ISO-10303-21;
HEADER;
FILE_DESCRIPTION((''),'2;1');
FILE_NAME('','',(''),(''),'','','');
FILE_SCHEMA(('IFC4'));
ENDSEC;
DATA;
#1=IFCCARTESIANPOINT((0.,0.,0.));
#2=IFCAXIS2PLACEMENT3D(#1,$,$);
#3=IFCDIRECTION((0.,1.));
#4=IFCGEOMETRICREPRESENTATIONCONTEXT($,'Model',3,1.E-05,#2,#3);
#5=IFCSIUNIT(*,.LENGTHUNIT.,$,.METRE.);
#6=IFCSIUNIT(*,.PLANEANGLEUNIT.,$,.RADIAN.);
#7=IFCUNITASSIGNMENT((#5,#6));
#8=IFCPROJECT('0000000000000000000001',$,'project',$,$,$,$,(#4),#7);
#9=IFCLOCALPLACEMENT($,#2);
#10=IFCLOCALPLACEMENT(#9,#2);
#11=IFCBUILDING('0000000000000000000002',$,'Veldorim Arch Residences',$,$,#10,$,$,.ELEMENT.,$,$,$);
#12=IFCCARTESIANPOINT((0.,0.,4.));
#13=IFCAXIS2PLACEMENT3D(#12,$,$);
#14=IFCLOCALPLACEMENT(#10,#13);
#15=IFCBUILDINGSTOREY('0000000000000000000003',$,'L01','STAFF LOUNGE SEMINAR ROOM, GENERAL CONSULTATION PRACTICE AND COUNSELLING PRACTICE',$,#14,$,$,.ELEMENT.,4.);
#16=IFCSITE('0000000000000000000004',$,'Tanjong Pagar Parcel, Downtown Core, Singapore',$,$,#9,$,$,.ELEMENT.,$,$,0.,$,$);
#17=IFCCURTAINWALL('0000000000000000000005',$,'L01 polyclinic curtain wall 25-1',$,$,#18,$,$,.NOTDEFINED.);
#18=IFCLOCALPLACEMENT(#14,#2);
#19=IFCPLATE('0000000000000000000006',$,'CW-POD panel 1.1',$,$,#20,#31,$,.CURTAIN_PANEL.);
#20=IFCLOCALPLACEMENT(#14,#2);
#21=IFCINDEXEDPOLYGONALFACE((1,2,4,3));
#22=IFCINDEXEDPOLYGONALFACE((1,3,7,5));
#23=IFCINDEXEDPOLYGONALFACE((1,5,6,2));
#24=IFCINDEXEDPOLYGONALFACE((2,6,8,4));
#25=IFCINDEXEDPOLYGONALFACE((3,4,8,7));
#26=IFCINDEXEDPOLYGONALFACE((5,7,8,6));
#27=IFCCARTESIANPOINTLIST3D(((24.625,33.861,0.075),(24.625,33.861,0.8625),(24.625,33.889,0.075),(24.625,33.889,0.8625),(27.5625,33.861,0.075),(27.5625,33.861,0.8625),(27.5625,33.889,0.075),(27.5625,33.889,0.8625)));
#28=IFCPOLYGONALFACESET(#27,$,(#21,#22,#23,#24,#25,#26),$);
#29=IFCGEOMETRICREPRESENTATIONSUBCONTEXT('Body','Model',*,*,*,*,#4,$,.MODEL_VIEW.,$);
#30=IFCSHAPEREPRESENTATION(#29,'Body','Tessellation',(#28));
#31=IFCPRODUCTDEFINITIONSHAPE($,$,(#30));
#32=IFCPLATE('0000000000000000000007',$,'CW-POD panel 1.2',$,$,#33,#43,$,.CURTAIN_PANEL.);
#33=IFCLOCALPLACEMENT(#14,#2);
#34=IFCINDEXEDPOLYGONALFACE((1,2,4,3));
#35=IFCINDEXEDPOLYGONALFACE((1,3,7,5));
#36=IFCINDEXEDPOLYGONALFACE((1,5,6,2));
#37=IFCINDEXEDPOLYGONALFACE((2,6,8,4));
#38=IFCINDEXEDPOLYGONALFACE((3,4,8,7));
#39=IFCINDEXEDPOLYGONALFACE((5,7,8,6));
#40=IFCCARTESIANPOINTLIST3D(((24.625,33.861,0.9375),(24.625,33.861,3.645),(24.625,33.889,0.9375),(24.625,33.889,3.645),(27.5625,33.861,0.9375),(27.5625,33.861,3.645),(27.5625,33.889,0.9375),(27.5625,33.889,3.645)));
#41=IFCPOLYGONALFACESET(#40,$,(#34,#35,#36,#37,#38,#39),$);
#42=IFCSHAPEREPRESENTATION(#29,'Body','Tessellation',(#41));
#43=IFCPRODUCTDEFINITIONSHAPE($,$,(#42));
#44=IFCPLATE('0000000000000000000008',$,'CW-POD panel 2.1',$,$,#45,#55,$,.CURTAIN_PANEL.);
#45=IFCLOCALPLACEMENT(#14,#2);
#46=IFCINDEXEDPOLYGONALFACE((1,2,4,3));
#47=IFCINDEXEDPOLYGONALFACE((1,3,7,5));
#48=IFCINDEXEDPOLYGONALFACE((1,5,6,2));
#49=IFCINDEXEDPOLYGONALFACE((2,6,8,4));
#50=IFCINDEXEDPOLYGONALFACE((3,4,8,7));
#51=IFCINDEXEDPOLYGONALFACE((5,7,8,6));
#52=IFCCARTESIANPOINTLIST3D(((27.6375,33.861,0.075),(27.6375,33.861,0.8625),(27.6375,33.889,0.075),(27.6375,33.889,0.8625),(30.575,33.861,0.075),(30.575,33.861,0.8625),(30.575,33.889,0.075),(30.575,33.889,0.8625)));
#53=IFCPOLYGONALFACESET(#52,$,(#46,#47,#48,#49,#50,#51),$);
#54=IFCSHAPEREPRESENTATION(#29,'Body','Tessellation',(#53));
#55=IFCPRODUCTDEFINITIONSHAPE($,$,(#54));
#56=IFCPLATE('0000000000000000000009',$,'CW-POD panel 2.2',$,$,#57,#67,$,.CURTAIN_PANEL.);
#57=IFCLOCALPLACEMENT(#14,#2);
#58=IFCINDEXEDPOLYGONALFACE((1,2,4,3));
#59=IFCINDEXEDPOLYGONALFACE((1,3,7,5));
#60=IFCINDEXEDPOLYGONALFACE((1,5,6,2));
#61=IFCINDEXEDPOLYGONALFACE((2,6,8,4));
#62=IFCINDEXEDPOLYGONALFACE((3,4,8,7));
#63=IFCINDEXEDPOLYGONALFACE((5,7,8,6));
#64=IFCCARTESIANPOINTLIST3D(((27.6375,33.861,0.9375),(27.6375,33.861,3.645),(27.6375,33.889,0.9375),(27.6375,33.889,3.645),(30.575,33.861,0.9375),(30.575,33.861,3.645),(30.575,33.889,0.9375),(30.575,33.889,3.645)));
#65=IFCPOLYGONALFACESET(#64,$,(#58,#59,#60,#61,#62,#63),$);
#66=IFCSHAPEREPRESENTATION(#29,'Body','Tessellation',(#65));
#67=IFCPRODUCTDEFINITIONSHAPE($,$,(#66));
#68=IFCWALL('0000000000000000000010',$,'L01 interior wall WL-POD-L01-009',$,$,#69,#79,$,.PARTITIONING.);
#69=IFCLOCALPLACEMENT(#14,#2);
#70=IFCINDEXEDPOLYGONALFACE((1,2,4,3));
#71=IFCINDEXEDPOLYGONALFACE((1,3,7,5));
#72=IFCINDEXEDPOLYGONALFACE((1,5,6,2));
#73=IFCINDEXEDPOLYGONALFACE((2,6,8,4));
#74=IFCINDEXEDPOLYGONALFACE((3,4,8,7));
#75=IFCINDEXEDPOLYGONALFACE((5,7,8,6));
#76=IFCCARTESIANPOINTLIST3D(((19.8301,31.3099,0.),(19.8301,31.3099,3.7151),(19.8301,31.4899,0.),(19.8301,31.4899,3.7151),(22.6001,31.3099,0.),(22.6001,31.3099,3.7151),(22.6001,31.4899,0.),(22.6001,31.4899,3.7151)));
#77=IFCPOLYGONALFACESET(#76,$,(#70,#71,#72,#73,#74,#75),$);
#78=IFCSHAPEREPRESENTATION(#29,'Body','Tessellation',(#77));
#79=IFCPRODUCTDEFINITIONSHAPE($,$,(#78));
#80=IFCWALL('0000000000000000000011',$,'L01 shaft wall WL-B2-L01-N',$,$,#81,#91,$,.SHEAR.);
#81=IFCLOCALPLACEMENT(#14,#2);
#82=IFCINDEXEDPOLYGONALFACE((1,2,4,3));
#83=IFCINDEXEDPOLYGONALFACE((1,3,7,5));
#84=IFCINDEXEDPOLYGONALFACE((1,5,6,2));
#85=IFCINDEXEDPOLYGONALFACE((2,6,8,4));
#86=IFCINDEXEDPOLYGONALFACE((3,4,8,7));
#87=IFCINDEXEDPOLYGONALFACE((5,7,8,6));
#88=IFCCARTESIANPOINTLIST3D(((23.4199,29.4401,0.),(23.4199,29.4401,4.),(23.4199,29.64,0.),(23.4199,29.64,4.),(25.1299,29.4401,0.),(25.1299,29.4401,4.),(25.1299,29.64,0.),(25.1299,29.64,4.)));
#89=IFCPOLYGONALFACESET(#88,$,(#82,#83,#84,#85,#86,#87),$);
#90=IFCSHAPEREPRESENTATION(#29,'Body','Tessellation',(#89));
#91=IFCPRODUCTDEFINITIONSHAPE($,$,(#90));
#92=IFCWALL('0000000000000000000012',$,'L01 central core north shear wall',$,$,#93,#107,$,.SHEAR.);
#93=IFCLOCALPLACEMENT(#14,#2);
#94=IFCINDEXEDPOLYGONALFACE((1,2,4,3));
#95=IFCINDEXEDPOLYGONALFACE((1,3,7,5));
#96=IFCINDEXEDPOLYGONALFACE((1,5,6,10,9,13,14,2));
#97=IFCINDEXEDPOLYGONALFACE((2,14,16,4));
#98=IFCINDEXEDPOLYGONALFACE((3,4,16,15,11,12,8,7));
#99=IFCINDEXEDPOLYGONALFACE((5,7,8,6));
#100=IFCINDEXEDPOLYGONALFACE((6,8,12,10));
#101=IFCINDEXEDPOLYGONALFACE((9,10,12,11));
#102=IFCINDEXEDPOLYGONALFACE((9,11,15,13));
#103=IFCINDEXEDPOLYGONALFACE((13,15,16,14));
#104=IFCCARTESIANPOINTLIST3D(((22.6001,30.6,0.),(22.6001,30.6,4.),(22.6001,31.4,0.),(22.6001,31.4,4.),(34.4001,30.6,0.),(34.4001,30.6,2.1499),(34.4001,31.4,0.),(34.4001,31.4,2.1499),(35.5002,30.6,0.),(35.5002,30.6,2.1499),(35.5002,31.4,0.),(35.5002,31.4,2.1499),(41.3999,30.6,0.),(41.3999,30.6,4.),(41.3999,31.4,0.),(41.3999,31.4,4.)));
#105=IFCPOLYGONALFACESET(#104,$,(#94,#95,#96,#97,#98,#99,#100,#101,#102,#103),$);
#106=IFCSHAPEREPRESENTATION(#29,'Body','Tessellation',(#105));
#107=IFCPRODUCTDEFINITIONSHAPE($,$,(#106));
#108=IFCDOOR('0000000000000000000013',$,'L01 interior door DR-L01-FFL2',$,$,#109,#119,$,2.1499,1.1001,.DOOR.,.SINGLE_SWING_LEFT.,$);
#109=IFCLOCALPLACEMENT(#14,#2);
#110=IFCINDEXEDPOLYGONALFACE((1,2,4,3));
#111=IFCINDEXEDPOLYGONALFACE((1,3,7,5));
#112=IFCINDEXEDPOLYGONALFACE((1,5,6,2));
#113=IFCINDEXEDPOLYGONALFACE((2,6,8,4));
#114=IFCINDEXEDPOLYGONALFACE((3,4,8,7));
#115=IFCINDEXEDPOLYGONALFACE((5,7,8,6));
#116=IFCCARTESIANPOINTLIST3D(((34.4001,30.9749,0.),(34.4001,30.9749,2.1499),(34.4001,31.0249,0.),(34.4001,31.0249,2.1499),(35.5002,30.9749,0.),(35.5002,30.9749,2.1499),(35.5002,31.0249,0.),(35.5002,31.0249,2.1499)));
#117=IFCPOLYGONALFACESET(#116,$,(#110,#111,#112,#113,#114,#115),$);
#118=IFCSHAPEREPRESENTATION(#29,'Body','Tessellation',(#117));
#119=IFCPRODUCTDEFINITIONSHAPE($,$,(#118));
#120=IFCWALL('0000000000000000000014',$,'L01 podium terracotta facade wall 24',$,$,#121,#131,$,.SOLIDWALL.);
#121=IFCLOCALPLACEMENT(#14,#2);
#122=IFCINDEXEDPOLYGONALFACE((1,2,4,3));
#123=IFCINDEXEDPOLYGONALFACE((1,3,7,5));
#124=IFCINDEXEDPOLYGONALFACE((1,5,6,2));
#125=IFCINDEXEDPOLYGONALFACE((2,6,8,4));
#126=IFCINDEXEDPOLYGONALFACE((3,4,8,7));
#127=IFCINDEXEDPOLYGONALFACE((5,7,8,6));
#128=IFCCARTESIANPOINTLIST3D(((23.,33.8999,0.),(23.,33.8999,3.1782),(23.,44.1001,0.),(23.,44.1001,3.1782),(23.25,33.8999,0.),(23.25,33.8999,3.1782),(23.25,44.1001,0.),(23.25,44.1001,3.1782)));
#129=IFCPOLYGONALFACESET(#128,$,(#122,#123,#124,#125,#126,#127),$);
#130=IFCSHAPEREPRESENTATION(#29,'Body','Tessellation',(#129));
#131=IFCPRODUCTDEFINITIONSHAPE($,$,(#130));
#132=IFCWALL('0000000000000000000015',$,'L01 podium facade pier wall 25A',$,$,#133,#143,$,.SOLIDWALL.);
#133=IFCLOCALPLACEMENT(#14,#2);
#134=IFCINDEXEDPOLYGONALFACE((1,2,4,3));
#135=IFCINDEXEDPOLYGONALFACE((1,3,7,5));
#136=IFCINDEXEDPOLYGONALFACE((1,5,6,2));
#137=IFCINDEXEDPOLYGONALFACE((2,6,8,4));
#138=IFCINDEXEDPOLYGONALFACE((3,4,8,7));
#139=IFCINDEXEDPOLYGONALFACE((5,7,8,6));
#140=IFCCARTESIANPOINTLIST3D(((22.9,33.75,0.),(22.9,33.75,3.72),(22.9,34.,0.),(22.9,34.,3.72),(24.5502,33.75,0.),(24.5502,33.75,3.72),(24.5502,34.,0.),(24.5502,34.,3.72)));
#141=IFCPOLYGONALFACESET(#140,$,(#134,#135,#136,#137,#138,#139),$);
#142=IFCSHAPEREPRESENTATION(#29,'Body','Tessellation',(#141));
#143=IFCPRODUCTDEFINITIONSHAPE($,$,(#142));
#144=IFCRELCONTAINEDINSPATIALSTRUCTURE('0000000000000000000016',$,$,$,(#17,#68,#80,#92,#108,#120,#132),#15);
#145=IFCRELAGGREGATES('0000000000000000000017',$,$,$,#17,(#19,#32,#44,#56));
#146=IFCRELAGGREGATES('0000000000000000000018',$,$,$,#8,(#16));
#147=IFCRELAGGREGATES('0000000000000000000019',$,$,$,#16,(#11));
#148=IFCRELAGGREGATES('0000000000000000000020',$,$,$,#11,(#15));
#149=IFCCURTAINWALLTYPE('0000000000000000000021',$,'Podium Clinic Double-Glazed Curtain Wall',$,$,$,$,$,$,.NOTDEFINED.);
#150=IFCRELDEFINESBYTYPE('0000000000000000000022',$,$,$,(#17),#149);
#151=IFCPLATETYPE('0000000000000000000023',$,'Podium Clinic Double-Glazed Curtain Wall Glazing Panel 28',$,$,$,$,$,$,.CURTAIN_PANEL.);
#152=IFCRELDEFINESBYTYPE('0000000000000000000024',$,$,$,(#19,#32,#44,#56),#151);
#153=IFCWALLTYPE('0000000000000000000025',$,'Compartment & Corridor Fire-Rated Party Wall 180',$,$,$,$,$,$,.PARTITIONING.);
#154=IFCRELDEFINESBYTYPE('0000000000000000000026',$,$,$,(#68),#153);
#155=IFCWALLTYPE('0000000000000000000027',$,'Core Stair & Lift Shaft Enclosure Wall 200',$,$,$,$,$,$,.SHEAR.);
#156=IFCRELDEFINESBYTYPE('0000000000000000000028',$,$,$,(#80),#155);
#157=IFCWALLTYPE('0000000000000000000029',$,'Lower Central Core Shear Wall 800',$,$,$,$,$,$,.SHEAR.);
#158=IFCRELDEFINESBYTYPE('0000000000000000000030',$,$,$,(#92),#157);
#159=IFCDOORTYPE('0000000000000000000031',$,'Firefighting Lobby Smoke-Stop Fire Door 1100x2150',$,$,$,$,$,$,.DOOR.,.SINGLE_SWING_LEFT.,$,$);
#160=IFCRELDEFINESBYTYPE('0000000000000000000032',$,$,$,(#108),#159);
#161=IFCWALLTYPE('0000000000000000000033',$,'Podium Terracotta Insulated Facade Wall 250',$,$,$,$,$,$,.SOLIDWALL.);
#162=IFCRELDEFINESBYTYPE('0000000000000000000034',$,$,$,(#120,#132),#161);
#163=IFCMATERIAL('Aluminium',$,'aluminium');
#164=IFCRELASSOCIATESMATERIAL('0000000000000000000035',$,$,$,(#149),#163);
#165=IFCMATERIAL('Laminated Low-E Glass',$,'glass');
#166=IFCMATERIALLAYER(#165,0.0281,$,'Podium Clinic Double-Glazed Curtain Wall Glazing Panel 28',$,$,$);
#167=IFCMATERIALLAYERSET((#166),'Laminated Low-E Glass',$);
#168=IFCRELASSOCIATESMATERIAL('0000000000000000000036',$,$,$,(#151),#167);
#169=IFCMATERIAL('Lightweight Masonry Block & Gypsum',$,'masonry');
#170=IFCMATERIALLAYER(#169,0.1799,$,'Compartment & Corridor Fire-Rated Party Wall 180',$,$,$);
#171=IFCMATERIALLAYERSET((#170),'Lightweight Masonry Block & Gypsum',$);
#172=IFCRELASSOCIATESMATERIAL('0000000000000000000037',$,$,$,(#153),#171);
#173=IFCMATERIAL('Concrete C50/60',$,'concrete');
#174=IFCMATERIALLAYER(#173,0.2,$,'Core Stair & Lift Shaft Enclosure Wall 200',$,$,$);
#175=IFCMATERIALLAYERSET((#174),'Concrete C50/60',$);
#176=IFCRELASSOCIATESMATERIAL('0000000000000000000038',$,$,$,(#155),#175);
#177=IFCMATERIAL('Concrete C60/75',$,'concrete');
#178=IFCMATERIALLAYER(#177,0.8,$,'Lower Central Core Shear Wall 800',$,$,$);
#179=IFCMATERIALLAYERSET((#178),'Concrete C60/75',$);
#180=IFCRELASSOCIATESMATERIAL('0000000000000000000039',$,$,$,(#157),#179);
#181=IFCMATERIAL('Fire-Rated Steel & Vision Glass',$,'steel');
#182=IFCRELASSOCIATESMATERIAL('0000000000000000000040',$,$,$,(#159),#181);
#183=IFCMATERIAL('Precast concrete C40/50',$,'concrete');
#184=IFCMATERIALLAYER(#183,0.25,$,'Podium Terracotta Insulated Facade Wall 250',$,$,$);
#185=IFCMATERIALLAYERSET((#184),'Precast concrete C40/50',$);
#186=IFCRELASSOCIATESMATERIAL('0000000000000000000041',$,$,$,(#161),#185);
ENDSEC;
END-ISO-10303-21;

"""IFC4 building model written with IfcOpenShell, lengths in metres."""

from ifc_helpers import new_model, si_unit, direction, frame, frame_2d, origin, origin_2d, place, context, subcontext, project, spatial, rectangle, extrude, material, layer, layer_set, type_object, element, fill, aggregate, save


model = new_model("IFC4")

# Units and contexts
model_context = context("Model", 3, precision=1e-05, world=origin(), true_north=direction((0.0, 1.0)))
body_context = subcontext(model_context, "Body", "Model", "MODEL_VIEW")
ifc_project = project(units=[si_unit("LENGTHUNIT", "METRE"), si_unit("PLANEANGLEUNIT", "RADIAN")], contexts=[model_context])

# Site, building, storey
site_placement = place(None, origin())
site = spatial("IfcSite", under=ifc_project, at=site_placement, Name="Tanjong Pagar Parcel, Downtown Core, Singapore", CompositionType="ELEMENT", RefElevation=0.0)
building_placement = place(site_placement, origin())
building = spatial("IfcBuilding", under=site, at=building_placement, Name="Veldorim Arch Residences", CompositionType="ELEMENT")
storey_placement = place(building_placement, frame((0.0, 0.0, 4.0)))
storey = spatial("IfcBuildingStorey", under=building, at=storey_placement, Name="L01", Description="STAFF LOUNGE SEMINAR ROOM, GENERAL CONSULTATION PRACTICE AND COUNSELLING PRACTICE", CompositionType="ELEMENT", Elevation=4.0)

# Curtain wall
ifc_material_1 = material(Name="Aluminium", Category="aluminium")
curtain_wall_type = type_object("IfcCurtainWallType", Name="Podium Clinic Double-Glazed Curtain Wall", PredefinedType="NOTDEFINED", material=ifc_material_1)
curtain_wall_placement = place(storey_placement, origin())
curtain_wall = element("IfcCurtainWall", 1, at=curtain_wall_placement, inside=storey, type_object=curtain_wall_type, Name="L01 polyclinic curtain wall 25-1", PredefinedType="NOTDEFINED")

# Plates
ifc_material_2 = material(Name="Laminated Low-E Glass", Category="glass")
ifc_layer_1 = layer(ifc_material_2, 0.0281, Name="Podium Clinic Double-Glazed Curtain Wall Glazing Panel 28")
ifc_layer_set_1 = layer_set([ifc_layer_1], Name="Laminated Low-E Glass")
plate_type = type_object("IfcPlateType", Name="Podium Clinic Double-Glazed Curtain Wall Glazing Panel 28", PredefinedType="CURTAIN_PANEL", material=ifc_layer_set_1)
plate_1_placement = place(storey_placement, frame((26.0938, 33.875, 0.075), z_axis=(0.0, 0.0, 1.0), x_axis=(1.0, 0.0, 0.0)))
plate_1 = element("IfcPlate", 2, at=plate_1_placement, type_object=plate_type, Name="CW-POD panel 1.1", PredefinedType="CURTAIN_PANEL", context=body_context, shape_type="SweptSolid", body=[
    extrude(rectangle(XDim=2.9375, YDim=0.0281, at=origin_2d()), origin(), (0.0, 0.0, 1.0), 0.7876),
])
plate_2_placement = place(storey_placement, frame((26.0938, 33.875, 0.9375), z_axis=(0.0, 0.0, 1.0), x_axis=(1.0, 0.0, 0.0)))
plate_2 = element("IfcPlate", 3, at=plate_2_placement, type_object=plate_type, Name="CW-POD panel 1.2", PredefinedType="CURTAIN_PANEL", context=body_context, shape_type="SweptSolid", body=[
    extrude(rectangle(XDim=2.9375, YDim=0.0281, at=origin_2d()), origin(), (0.0, 0.0, 1.0), 2.7075),
])
plate_3_placement = place(storey_placement, frame((29.1062, 33.875, 0.075), z_axis=(0.0, 0.0, 1.0), x_axis=(1.0, 0.0, 0.0)))
plate_3 = element("IfcPlate", 4, at=plate_3_placement, type_object=plate_type, Name="CW-POD panel 2.1", PredefinedType="CURTAIN_PANEL", context=body_context, shape_type="SweptSolid", body=[
    extrude(rectangle(XDim=2.9375, YDim=0.0281, at=origin_2d()), origin(), (0.0, 0.0, 1.0), 0.7876),
])
plate_4_placement = place(storey_placement, frame((29.1062, 33.875, 0.9375), z_axis=(0.0, 0.0, 1.0), x_axis=(1.0, 0.0, 0.0)))
plate_4 = element("IfcPlate", 5, at=plate_4_placement, type_object=plate_type, Name="CW-POD panel 2.2", PredefinedType="CURTAIN_PANEL", context=body_context, shape_type="SweptSolid", body=[
    extrude(rectangle(XDim=2.9375, YDim=0.0281, at=origin_2d()), origin(), (0.0, 0.0, 1.0), 2.7075),
])
aggregate(curtain_wall, [plate_1, plate_2, plate_3, plate_4])

# Walls
ifc_material_3 = material(Name="Lightweight Masonry Block & Gypsum", Category="masonry")
ifc_layer_2 = layer(ifc_material_3, 0.1799, Name="Compartment & Corridor Fire-Rated Party Wall 180")
ifc_layer_set_2 = layer_set([ifc_layer_2], Name="Lightweight Masonry Block & Gypsum")
wall_type_1 = type_object("IfcWallType", Name="Compartment & Corridor Fire-Rated Party Wall 180", PredefinedType="PARTITIONING", material=ifc_layer_set_2)
wall_1_placement = place(storey_placement, frame((22.6001, 31.3999, 0.0), z_axis=(0.0, 0.0, 1.0), x_axis=(-1.0, 0.0, 0.0)))
element("IfcWall", 6, at=wall_1_placement, inside=storey, type_object=wall_type_1, Name="L01 interior wall WL-POD-L01-009", PredefinedType="PARTITIONING", context=body_context, shape_type="SweptSolid", body=[
    extrude(rectangle(XDim=2.77, YDim=0.1799, at=frame_2d((1.385, 0.0))), origin(), (0.0, 0.0, 1.0), 3.7151),
])
ifc_material_4 = material(Name="Concrete C50/60", Category="concrete")
ifc_layer_3 = layer(ifc_material_4, 0.2, Name="Core Stair & Lift Shaft Enclosure Wall 200")
ifc_layer_set_3 = layer_set([ifc_layer_3], Name="Concrete C50/60")
wall_type_2 = type_object("IfcWallType", Name="Core Stair & Lift Shaft Enclosure Wall 200", PredefinedType="SHEAR", material=ifc_layer_set_3)
wall_2_placement = place(storey_placement, frame((23.4199, 29.54, 0.0), z_axis=(0.0, 0.0, 1.0), x_axis=(1.0, 0.0, 0.0)))
element("IfcWall", 7, at=wall_2_placement, inside=storey, type_object=wall_type_2, Name="L01 shaft wall WL-B2-L01-N", PredefinedType="SHEAR", context=body_context, shape_type="SweptSolid", body=[
    extrude(rectangle(XDim=1.71, YDim=0.2, at=frame_2d((0.855, 0.0))), origin(), (0.0, 0.0, 1.0), 4.0),
])

# Wall, opening, door
ifc_material_5 = material(Name="Concrete C60/75", Category="concrete")
ifc_layer_4 = layer(ifc_material_5, 0.8, Name="Lower Central Core Shear Wall 800")
ifc_layer_set_4 = layer_set([ifc_layer_4], Name="Concrete C60/75")
wall_type_3 = type_object("IfcWallType", Name="Lower Central Core Shear Wall 800", PredefinedType="SHEAR", material=ifc_layer_set_4)
wall_3_placement = place(storey_placement, frame((22.6001, 31.0, 0.0), z_axis=(0.0, 0.0, 1.0), x_axis=(1.0, 0.0, 0.0)))
wall_3 = element("IfcWall", 8, at=wall_3_placement, inside=storey, type_object=wall_type_3, Name="L01 central core north shear wall", PredefinedType="SHEAR", context=body_context, shape_type="SweptSolid", body=[
    extrude(rectangle(XDim=18.7998, YDim=0.8, at=frame_2d((9.3999, 0.0))), origin(), (0.0, 0.0, 1.0), 4.0),
])
opening_placement = place(wall_3_placement, frame((11.8, 0.0, 0.0)))
opening = element("IfcOpeningElement", 9, at=opening_placement, cuts=wall_3, PredefinedType="OPENING", context=body_context, shape_type="SweptSolid", body=[
    extrude(rectangle(XDim=1.1001, YDim=2.1499, at=frame_2d((0.55, 1.075))), frame((0.0, 0.4099, 0.0), z_axis=(0.0, -1.0, 0.0), x_axis=(1.0, 0.0, 0.0)), (0.0, 0.0, 1.0), 0.8201),
])
ifc_material_6 = material(Name="Fire-Rated Steel & Vision Glass", Category="steel")
door_type = type_object("IfcDoorType", Name="Firefighting Lobby Smoke-Stop Fire Door 1100x2150", OperationType="SINGLE_SWING_LEFT", PredefinedType="DOOR", material=ifc_material_6)
door_placement = place(opening_placement, origin())
door = element("IfcDoor", 10, at=door_placement, inside=storey, type_object=door_type, Name="L01 interior door DR-L01-FFL2", OperationType="SINGLE_SWING_LEFT", OverallHeight=2.1499, OverallWidth=1.1001, PredefinedType="DOOR", context=body_context, shape_type="SweptSolid", body=[
    extrude(rectangle(XDim=1.1001, YDim=2.1499, at=frame_2d((0.55, 1.075))), frame((0.0, 0.0249, 0.0), z_axis=(0.0, -1.0, 0.0), x_axis=(1.0, 0.0, 0.0)), (0.0, 0.0, 1.0), 0.05),
])
fill(opening, door)

# Walls
ifc_material_7 = material(Name="Precast concrete C40/50", Category="concrete")
ifc_layer_5 = layer(ifc_material_7, 0.25, Name="Podium Terracotta Insulated Facade Wall 250")
ifc_layer_set_5 = layer_set([ifc_layer_5], Name="Precast concrete C40/50")
wall_type_4 = type_object("IfcWallType", Name="Podium Terracotta Insulated Facade Wall 250", PredefinedType="SOLIDWALL", material=ifc_layer_set_5)
wall_4_placement = place(storey_placement, frame((23.125, 33.8999, 0.0), z_axis=(0.0, 0.0, 1.0), x_axis=(0.0, 1.0, 0.0)))
element("IfcWall", 11, at=wall_4_placement, inside=storey, type_object=wall_type_4, Name="L01 podium terracotta facade wall 24", PredefinedType="SOLIDWALL", context=body_context, shape_type="SweptSolid", body=[
    extrude(rectangle(XDim=10.2002, YDim=0.25, at=frame_2d((5.1001, 0.0))), origin(), (0.0, 0.0, 1.0), 3.1782),
])
wall_5_placement = place(storey_placement, frame((22.8999, 33.875, 0.0), z_axis=(0.0, 0.0, 1.0), x_axis=(1.0, 0.0, 0.0)))
element("IfcWall", 12, at=wall_5_placement, inside=storey, type_object=wall_type_4, Name="L01 podium facade pier wall 25A", PredefinedType="SOLIDWALL", context=body_context, shape_type="SweptSolid", body=[
    extrude(rectangle(XDim=1.6501, YDim=0.25, at=frame_2d((0.8252, 0.0))), origin(), (0.0, 0.0, 1.0), 3.72),
])

save(model, "model.ifc")
